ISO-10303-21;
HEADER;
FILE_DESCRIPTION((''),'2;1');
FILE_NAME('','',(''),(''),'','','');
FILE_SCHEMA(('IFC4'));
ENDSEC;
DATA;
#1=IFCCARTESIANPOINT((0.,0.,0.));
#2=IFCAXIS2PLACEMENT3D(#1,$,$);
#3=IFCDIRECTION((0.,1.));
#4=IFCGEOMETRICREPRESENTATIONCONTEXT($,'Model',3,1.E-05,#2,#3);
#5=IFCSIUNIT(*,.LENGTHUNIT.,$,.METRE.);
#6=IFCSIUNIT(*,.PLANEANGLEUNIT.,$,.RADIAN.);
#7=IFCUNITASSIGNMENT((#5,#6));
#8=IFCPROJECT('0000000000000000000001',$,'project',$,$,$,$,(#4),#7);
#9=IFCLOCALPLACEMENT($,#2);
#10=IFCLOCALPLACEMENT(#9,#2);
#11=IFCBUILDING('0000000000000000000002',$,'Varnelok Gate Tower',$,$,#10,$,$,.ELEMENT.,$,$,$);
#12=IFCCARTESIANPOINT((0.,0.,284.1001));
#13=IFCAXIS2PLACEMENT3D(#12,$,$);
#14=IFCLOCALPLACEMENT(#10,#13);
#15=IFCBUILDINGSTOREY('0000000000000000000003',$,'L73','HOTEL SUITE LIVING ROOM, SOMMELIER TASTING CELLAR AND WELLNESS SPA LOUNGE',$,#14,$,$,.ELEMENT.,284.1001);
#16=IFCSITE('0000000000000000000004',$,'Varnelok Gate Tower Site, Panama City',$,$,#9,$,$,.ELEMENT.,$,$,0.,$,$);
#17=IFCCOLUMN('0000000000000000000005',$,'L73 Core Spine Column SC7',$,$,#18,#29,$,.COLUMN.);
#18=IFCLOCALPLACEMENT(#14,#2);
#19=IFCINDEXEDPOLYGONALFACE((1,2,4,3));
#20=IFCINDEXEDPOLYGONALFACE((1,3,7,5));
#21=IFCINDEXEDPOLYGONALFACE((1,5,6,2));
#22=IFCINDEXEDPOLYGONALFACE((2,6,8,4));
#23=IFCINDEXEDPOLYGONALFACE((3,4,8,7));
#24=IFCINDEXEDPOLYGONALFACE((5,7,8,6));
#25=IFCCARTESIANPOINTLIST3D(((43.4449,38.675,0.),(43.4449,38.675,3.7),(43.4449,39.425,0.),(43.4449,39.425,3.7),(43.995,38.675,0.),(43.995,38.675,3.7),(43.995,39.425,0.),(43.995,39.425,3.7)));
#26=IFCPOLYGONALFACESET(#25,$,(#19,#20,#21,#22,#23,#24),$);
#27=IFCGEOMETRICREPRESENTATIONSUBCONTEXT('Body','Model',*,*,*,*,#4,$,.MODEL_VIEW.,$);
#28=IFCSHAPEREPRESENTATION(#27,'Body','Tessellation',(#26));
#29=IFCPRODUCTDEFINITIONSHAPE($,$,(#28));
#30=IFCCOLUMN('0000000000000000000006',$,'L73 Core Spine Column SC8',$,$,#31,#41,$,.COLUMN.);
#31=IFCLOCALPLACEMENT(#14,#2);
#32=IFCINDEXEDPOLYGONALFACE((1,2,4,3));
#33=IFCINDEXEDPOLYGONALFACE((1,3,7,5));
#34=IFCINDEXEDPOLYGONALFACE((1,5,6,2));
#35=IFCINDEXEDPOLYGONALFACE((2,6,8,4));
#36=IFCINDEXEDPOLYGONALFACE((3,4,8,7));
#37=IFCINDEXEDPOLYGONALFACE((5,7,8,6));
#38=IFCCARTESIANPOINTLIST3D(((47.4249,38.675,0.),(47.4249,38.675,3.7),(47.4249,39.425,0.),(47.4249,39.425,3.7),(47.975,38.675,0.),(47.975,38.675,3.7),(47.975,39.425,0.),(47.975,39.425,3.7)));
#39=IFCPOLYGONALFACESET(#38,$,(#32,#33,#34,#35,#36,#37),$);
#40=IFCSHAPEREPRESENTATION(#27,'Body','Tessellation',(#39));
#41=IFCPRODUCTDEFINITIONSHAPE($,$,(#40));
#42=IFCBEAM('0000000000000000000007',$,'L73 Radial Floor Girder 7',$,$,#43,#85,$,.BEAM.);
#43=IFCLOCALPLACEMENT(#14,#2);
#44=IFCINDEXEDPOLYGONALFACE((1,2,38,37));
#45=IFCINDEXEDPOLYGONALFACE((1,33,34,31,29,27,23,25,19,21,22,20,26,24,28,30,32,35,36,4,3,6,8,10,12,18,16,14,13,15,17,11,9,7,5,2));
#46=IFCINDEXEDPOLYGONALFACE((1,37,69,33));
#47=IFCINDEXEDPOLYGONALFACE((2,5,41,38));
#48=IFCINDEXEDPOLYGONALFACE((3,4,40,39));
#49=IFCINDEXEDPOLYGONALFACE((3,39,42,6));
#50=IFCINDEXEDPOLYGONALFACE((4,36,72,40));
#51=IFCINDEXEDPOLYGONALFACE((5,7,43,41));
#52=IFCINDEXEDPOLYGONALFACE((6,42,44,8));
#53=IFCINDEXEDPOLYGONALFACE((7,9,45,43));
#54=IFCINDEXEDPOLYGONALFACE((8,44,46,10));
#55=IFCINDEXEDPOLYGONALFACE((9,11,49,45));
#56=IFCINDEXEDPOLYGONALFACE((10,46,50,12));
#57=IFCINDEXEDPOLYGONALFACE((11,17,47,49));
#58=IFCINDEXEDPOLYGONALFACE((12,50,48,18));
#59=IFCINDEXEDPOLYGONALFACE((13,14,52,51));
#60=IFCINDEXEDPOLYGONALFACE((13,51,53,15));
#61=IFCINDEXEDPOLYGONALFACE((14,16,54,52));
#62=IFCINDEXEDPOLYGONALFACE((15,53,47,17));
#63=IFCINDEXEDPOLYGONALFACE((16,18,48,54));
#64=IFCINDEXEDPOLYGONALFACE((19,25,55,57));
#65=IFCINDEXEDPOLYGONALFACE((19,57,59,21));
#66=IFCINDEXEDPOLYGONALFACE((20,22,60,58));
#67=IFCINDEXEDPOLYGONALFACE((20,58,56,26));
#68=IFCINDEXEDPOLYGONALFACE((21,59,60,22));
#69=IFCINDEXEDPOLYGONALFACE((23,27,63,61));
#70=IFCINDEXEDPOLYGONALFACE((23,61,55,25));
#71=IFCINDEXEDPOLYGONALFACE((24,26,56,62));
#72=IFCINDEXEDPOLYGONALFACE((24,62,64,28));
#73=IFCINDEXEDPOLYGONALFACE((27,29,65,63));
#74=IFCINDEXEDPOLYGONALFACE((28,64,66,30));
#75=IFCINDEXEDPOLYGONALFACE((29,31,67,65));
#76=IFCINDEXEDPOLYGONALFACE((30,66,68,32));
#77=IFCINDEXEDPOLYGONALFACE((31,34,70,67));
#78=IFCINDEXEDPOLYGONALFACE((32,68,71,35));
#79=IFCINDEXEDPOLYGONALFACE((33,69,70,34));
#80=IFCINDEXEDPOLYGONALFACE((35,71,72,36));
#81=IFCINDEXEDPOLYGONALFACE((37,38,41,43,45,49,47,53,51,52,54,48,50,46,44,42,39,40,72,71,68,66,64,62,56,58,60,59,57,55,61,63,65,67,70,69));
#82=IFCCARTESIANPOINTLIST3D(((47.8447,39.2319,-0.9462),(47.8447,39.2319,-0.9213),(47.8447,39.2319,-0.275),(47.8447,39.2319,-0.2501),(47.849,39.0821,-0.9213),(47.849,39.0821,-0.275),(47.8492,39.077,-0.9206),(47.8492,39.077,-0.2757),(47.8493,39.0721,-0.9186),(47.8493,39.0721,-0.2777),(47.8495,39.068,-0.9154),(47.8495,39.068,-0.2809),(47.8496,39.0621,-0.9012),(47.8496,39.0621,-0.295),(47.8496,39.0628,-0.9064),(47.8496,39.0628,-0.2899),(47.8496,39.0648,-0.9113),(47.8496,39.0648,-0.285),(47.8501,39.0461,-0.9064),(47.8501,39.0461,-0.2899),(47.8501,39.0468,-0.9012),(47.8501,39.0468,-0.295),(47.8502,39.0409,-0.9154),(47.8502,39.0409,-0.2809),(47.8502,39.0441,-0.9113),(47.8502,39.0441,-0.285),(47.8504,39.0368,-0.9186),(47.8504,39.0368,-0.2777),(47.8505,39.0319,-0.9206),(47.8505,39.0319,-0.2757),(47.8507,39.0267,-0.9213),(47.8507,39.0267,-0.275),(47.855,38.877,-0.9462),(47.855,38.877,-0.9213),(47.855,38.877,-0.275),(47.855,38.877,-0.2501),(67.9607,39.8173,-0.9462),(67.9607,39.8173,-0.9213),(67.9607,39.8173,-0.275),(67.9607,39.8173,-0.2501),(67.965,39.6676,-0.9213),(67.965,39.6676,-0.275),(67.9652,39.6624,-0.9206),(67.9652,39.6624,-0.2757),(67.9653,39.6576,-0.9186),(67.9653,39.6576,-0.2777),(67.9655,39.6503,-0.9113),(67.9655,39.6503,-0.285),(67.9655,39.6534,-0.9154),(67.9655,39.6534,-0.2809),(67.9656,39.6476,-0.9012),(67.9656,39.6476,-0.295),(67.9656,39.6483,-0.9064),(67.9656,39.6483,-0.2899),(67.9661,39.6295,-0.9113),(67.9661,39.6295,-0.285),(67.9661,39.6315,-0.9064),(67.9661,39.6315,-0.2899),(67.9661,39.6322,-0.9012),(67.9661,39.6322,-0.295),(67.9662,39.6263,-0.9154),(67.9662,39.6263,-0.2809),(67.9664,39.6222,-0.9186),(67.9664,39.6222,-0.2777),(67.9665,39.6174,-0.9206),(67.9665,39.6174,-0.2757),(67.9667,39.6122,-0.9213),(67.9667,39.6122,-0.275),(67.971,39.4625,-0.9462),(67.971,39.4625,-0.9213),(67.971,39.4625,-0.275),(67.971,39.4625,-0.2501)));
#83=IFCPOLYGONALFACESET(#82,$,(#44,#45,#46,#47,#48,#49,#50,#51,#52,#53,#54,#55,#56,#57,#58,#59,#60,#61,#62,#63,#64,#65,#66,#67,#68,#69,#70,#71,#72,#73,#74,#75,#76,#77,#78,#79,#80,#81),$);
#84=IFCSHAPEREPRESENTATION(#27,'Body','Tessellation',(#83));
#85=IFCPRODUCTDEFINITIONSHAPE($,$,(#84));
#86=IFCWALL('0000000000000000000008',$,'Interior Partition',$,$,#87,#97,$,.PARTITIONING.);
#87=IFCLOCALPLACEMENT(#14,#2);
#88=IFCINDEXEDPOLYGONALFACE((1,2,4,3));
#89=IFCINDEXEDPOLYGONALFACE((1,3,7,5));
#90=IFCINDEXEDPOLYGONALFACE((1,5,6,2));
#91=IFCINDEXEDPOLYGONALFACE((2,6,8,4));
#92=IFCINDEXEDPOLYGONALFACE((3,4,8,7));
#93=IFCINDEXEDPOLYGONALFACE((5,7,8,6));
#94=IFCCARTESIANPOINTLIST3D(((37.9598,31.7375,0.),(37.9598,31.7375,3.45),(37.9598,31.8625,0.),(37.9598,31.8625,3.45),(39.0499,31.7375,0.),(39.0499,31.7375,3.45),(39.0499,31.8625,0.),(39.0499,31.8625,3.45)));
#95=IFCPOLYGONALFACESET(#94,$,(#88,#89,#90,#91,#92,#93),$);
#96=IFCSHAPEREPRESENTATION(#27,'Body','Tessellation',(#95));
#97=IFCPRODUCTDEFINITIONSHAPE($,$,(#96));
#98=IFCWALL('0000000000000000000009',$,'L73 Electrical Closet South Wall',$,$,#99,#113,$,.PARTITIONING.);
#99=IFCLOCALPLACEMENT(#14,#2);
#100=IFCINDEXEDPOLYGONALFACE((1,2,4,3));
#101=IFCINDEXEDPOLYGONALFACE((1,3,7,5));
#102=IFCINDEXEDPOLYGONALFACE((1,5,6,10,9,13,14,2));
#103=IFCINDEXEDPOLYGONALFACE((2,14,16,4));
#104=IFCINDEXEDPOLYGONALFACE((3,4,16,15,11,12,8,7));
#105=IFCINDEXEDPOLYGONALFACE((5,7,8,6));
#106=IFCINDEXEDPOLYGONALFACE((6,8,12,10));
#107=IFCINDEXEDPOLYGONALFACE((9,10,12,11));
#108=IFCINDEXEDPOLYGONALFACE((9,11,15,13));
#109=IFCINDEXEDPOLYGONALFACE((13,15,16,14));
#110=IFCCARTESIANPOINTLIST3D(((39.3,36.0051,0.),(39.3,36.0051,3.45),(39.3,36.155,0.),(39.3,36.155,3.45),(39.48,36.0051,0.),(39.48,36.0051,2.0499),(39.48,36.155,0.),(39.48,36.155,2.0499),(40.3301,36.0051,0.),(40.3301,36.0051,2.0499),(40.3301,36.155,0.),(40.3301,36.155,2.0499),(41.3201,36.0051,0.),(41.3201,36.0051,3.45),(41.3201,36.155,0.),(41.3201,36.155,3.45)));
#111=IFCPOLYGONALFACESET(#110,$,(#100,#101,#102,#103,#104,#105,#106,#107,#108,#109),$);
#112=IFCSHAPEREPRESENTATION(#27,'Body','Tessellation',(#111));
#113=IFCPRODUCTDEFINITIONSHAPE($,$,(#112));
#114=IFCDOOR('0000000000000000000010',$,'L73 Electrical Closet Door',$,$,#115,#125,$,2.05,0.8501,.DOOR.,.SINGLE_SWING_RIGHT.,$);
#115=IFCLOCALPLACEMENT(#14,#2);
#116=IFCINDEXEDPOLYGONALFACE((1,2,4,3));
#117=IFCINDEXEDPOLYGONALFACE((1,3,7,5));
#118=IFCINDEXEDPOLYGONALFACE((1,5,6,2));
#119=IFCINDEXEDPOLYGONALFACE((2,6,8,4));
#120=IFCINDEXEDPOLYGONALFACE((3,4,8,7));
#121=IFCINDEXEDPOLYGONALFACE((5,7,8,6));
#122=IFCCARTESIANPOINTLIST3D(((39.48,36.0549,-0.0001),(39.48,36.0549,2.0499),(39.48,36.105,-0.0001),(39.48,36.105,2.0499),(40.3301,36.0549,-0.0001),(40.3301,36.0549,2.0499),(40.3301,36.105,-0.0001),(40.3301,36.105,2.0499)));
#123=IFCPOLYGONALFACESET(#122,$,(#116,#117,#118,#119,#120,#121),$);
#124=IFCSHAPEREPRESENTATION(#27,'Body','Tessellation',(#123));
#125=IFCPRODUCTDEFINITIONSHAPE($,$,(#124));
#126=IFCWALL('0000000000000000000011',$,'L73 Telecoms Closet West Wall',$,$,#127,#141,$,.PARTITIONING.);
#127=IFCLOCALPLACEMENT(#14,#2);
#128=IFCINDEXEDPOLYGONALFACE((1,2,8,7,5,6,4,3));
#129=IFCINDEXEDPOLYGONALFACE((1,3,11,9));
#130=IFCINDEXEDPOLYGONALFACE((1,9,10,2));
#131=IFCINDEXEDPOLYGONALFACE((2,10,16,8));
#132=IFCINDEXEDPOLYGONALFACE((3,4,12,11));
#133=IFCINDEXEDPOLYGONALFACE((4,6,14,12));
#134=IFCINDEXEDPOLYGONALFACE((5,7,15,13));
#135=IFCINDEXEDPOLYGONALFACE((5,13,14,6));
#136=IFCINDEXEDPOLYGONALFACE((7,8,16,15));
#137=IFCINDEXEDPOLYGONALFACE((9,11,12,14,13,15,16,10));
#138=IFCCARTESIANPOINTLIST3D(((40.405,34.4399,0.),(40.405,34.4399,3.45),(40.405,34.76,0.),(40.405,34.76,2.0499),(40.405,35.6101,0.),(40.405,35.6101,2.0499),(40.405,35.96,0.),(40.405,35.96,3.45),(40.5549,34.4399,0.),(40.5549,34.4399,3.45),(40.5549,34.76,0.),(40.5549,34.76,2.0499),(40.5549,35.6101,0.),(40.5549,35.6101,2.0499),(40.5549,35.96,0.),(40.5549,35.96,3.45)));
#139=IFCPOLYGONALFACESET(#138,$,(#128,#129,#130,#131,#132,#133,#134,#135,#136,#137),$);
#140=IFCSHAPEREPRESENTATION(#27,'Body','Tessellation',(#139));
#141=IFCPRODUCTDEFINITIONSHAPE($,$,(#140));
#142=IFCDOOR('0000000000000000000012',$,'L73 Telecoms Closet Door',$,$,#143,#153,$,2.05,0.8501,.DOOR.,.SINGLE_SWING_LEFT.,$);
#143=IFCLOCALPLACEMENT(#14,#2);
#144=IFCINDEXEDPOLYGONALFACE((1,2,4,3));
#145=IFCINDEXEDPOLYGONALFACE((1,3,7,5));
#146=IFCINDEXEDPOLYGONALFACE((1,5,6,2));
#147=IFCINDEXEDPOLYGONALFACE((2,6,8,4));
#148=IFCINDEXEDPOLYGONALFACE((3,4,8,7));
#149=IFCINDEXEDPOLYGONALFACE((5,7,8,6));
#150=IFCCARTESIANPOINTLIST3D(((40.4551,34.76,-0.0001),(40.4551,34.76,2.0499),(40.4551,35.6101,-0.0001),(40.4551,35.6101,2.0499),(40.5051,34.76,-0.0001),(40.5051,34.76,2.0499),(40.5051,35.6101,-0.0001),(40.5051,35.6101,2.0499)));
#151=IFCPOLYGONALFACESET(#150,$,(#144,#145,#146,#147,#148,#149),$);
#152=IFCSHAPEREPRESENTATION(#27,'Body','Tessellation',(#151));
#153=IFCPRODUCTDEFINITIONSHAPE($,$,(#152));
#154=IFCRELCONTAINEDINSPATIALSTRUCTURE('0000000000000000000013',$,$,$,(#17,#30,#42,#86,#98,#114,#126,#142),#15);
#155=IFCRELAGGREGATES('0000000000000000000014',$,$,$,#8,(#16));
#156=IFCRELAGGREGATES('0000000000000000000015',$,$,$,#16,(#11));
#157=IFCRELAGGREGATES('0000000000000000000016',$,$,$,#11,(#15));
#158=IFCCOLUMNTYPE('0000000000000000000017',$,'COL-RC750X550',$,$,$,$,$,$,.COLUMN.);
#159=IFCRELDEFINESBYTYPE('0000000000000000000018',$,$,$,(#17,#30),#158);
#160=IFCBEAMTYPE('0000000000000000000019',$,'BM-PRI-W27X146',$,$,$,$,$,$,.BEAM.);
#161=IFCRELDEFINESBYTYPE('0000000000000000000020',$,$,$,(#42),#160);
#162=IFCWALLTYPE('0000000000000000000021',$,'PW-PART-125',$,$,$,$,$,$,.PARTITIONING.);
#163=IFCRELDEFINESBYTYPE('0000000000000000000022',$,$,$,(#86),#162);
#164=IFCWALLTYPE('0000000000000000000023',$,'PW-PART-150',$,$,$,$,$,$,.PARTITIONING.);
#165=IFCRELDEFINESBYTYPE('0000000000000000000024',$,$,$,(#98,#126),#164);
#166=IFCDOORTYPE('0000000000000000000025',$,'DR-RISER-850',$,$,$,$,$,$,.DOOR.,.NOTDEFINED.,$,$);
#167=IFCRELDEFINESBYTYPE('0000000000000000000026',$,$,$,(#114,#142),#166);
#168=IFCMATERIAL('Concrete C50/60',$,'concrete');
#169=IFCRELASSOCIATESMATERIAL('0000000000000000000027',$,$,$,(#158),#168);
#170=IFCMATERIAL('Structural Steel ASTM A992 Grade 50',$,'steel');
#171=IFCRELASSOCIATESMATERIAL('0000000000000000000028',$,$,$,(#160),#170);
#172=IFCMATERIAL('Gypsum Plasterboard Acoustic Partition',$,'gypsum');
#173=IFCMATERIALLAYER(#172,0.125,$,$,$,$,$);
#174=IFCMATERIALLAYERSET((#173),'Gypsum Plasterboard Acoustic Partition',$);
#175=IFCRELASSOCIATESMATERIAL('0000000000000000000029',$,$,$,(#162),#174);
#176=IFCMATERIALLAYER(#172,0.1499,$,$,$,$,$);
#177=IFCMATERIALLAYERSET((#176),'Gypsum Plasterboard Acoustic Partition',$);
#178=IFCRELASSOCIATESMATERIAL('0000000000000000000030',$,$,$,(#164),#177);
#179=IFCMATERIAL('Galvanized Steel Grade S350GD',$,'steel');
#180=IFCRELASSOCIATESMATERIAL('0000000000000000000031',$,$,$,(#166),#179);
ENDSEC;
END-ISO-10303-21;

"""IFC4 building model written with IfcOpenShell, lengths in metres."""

from ifc_helpers import new_model, si_unit, direction, frame, frame_2d, origin, origin_2d, place, context, subcontext, project, spatial, rectangle, i_section, extrude, material, layer, layer_set, material_profile, profile_set, type_object, element, fill, save


model = new_model("IFC4")

# Units and contexts
model_context = context("Model", 3, precision=1e-05, world=origin(), true_north=direction((0.0, 1.0)))
body_context = subcontext(model_context, "Body", "Model", "MODEL_VIEW")
ifc_project = project(units=[si_unit("LENGTHUNIT", "METRE"), si_unit("PLANEANGLEUNIT", "RADIAN")], contexts=[model_context])

# Site, building, storey
site_placement = place(None, origin())
site = spatial("IfcSite", under=ifc_project, at=site_placement, Name="Varnelok Gate Tower Site, Panama City", CompositionType="ELEMENT", RefElevation=0.0)
building_placement = place(site_placement, origin())
building = spatial("IfcBuilding", under=site, at=building_placement, Name="Varnelok Gate Tower", CompositionType="ELEMENT")
storey_placement = place(building_placement, frame((0.0, 0.0, 284.1001)))
storey = spatial("IfcBuildingStorey", under=building, at=storey_placement, Name="L73", Description="HOTEL SUITE LIVING ROOM, SOMMELIER TASTING CELLAR AND WELLNESS SPA LOUNGE", CompositionType="ELEMENT", Elevation=284.1001)

# Columns
ifc_material_1 = material(Name="Concrete C50/60", Category="concrete")
ifc_material_profile_1 = material_profile(ifc_material_1, rectangle(XDim=0.55, YDim=0.75, at=origin_2d()), Name="RC750X550")
ifc_profile_set_1 = profile_set([ifc_material_profile_1], Name="Concrete C50/60")
column_type = type_object("IfcColumnType", Name="COL-RC750X550", PredefinedType="COLUMN", material=ifc_profile_set_1)
for number, where, z_axis, x_axis, name in (
    (1, (43.72, 39.05, 0.0), (0.0, 0.0, 1.0), (1.0, 0.0, 0.0), "L73 Core Spine Column SC7"),
    (2, (47.7, 39.05, 0.0), (0.0, 0.0, 1.0), (1.0, 0.0, 0.0), "L73 Core Spine Column SC8"),
):
    element("IfcColumn", number, at=place(storey_placement, frame(where, z_axis=z_axis, x_axis=x_axis)), inside=storey, type_object=column_type, Name=name, PredefinedType="COLUMN", context=body_context, shape_type="SweptSolid", body=[
        extrude(rectangle(XDim=0.55, YDim=0.75, at=origin_2d()), origin(), (0.0, 0.0, 1.0), 3.7),
    ])

# Beam
ifc_material_2 = material(Name="Structural Steel ASTM A992 Grade 50", Category="steel")
ifc_material_profile_2 = material_profile(ifc_material_2, i_section(OverallWidth=0.355, OverallDepth=0.696, WebThickness=0.0154, FlangeThickness=0.0249, FilletRadius=0.02, at=origin_2d()), Name="W27X146")
ifc_profile_set_2 = profile_set([ifc_material_profile_2], Name="Structural Steel ASTM A992 Grade 50")
beam_type = type_object("IfcBeamType", Name="BM-PRI-W27X146", PredefinedType="BEAM", material=ifc_profile_set_2)
beam_placement = place(storey_placement, frame((47.8499, 39.0544, -0.5981), z_axis=(0.999577, 0.029091, 0.0), x_axis=(-0.029091, 0.999577, 0.0)))
element("IfcBeam", 3, at=beam_placement, inside=storey, type_object=beam_type, Name="L73 Radial Floor Girder 7", PredefinedType="BEAM", context=body_context, shape_type="SweptSolid", body=[
    extrude(i_section(OverallWidth=0.355, OverallDepth=0.696, WebThickness=0.0154, FlangeThickness=0.0249, FilletRadius=0.02, at=origin_2d()), origin(), (0.0, 0.0, 1.0), 20.1245),
])

# Wall
ifc_material_3 = material(Name="Gypsum Plasterboard Acoustic Partition", Category="gypsum")
ifc_layer_1 = layer(ifc_material_3, 0.125)
ifc_layer_set_1 = layer_set([ifc_layer_1], Name="Gypsum Plasterboard Acoustic Partition")
wall_type_1 = type_object("IfcWallType", Name="PW-PART-125", PredefinedType="PARTITIONING", material=ifc_layer_set_1)
wall_1_placement = place(storey_placement, frame((37.96, 31.8, 0.0), z_axis=(0.0, 0.0, 1.0), x_axis=(1.0, 0.0, 0.0)))
element("IfcWall", 4, at=wall_1_placement, inside=storey, type_object=wall_type_1, Name="Interior Partition", PredefinedType="PARTITIONING", context=body_context, shape_type="SweptSolid", body=[
    extrude(rectangle(XDim=1.0901, YDim=0.125, at=frame_2d((0.5449, 0.0))), origin(), (0.0, 0.0, 1.0), 3.45),
])

# Walls, openings, doors
ifc_layer_2 = layer(ifc_material_3, 0.1499)
ifc_layer_set_2 = layer_set([ifc_layer_2], Name="Gypsum Plasterboard Acoustic Partition")
wall_type_2 = type_object("IfcWallType", Name="PW-PART-150", PredefinedType="PARTITIONING", material=ifc_layer_set_2)
wall_2_placement = place(storey_placement, frame((39.3, 36.0801, 0.0), z_axis=(0.0, 0.0, 1.0), x_axis=(1.0, 0.0, 0.0)))
wall_2 = element("IfcWall", 5, at=wall_2_placement, inside=storey, type_object=wall_type_2, Name="L73 Electrical Closet South Wall", PredefinedType="PARTITIONING", context=body_context, shape_type="SweptSolid", body=[
    extrude(rectangle(XDim=2.02, YDim=0.1499, at=frame_2d((1.01, 0.0))), origin(), (0.0, 0.0, 1.0), 3.45),
])
opening_1_placement = place(wall_2_placement, frame((0.1799, 0.0, 0.0)))
opening_1 = element("IfcOpeningElement", 6, at=opening_1_placement, cuts=wall_2, PredefinedType="OPENING", context=body_context, shape_type="SweptSolid", body=[
    extrude(rectangle(XDim=0.8501, YDim=2.05, at=frame_2d((0.425, 1.0249))), frame((0.0, 0.085, 0.0), z_axis=(0.0, -1.0, 0.0), x_axis=(1.0, 0.0, 0.0)), (0.0, 0.0, 1.0), 0.1699),
])
ifc_material_4 = material(Name="Galvanized Steel Grade S350GD", Category="steel")
door_type_1 = type_object("IfcDoorType", Name="DR-RISER-850", OperationType="NOTDEFINED", PredefinedType="DOOR", material=ifc_material_4)
door_1_placement = place(opening_1_placement, origin())
door_1 = element("IfcDoor", 7, at=door_1_placement, inside=storey, type_object=door_type_1, Name="L73 Electrical Closet Door", OperationType="SINGLE_SWING_RIGHT", OverallHeight=2.05, OverallWidth=0.8501, PredefinedType="DOOR", context=body_context, shape_type="SweptSolid", body=[
    extrude(rectangle(XDim=0.8501, YDim=2.05, at=frame_2d((0.425, 1.0249))), frame((0.0, 0.0249, 0.0), z_axis=(0.0, -1.0, 0.0), x_axis=(1.0, 0.0, 0.0)), (0.0, 0.0, 1.0), 0.05),
])
fill(opening_1, door_1)
wall_3_placement = place(storey_placement, frame((40.48, 34.4399, 0.0), z_axis=(0.0, 0.0, 1.0), x_axis=(0.0, 1.0, 0.0)))
wall_3 = element("IfcWall", 8, at=wall_3_placement, inside=storey, type_object=wall_type_2, Name="L73 Telecoms Closet West Wall", PredefinedType="PARTITIONING", context=body_context, shape_type="SweptSolid", body=[
    extrude(rectangle(XDim=1.52, YDim=0.1499, at=frame_2d((0.76, 0.0))), origin(), (0.0, 0.0, 1.0), 3.45),
])
opening_2_placement = place(wall_3_placement, frame((0.3201, 0.0, 0.0)))
opening_2 = element("IfcOpeningElement", 9, at=opening_2_placement, cuts=wall_3, PredefinedType="OPENING", context=body_context, shape_type="SweptSolid", body=[
    extrude(rectangle(XDim=0.8501, YDim=2.05, at=frame_2d((0.425, 1.0249))), frame((0.0, 0.085, 0.0), z_axis=(0.0, -1.0, 0.0), x_axis=(1.0, 0.0, 0.0)), (0.0, 0.0, 1.0), 0.1699),
])
door_2_placement = place(opening_2_placement, origin())
door_2 = element("IfcDoor", 10, at=door_2_placement, inside=storey, type_object=door_type_1, Name="L73 Telecoms Closet Door", OperationType="SINGLE_SWING_LEFT", OverallHeight=2.05, OverallWidth=0.8501, PredefinedType="DOOR", context=body_context, shape_type="SweptSolid", body=[
    extrude(rectangle(XDim=0.8501, YDim=2.05, at=frame_2d((0.425, 1.0249))), frame((0.0, 0.0249, 0.0), z_axis=(0.0, -1.0, 0.0), x_axis=(1.0, 0.0, 0.0)), (0.0, 0.0, 1.0), 0.05),
])
fill(opening_2, door_2)

save(model, "model.ifc")
